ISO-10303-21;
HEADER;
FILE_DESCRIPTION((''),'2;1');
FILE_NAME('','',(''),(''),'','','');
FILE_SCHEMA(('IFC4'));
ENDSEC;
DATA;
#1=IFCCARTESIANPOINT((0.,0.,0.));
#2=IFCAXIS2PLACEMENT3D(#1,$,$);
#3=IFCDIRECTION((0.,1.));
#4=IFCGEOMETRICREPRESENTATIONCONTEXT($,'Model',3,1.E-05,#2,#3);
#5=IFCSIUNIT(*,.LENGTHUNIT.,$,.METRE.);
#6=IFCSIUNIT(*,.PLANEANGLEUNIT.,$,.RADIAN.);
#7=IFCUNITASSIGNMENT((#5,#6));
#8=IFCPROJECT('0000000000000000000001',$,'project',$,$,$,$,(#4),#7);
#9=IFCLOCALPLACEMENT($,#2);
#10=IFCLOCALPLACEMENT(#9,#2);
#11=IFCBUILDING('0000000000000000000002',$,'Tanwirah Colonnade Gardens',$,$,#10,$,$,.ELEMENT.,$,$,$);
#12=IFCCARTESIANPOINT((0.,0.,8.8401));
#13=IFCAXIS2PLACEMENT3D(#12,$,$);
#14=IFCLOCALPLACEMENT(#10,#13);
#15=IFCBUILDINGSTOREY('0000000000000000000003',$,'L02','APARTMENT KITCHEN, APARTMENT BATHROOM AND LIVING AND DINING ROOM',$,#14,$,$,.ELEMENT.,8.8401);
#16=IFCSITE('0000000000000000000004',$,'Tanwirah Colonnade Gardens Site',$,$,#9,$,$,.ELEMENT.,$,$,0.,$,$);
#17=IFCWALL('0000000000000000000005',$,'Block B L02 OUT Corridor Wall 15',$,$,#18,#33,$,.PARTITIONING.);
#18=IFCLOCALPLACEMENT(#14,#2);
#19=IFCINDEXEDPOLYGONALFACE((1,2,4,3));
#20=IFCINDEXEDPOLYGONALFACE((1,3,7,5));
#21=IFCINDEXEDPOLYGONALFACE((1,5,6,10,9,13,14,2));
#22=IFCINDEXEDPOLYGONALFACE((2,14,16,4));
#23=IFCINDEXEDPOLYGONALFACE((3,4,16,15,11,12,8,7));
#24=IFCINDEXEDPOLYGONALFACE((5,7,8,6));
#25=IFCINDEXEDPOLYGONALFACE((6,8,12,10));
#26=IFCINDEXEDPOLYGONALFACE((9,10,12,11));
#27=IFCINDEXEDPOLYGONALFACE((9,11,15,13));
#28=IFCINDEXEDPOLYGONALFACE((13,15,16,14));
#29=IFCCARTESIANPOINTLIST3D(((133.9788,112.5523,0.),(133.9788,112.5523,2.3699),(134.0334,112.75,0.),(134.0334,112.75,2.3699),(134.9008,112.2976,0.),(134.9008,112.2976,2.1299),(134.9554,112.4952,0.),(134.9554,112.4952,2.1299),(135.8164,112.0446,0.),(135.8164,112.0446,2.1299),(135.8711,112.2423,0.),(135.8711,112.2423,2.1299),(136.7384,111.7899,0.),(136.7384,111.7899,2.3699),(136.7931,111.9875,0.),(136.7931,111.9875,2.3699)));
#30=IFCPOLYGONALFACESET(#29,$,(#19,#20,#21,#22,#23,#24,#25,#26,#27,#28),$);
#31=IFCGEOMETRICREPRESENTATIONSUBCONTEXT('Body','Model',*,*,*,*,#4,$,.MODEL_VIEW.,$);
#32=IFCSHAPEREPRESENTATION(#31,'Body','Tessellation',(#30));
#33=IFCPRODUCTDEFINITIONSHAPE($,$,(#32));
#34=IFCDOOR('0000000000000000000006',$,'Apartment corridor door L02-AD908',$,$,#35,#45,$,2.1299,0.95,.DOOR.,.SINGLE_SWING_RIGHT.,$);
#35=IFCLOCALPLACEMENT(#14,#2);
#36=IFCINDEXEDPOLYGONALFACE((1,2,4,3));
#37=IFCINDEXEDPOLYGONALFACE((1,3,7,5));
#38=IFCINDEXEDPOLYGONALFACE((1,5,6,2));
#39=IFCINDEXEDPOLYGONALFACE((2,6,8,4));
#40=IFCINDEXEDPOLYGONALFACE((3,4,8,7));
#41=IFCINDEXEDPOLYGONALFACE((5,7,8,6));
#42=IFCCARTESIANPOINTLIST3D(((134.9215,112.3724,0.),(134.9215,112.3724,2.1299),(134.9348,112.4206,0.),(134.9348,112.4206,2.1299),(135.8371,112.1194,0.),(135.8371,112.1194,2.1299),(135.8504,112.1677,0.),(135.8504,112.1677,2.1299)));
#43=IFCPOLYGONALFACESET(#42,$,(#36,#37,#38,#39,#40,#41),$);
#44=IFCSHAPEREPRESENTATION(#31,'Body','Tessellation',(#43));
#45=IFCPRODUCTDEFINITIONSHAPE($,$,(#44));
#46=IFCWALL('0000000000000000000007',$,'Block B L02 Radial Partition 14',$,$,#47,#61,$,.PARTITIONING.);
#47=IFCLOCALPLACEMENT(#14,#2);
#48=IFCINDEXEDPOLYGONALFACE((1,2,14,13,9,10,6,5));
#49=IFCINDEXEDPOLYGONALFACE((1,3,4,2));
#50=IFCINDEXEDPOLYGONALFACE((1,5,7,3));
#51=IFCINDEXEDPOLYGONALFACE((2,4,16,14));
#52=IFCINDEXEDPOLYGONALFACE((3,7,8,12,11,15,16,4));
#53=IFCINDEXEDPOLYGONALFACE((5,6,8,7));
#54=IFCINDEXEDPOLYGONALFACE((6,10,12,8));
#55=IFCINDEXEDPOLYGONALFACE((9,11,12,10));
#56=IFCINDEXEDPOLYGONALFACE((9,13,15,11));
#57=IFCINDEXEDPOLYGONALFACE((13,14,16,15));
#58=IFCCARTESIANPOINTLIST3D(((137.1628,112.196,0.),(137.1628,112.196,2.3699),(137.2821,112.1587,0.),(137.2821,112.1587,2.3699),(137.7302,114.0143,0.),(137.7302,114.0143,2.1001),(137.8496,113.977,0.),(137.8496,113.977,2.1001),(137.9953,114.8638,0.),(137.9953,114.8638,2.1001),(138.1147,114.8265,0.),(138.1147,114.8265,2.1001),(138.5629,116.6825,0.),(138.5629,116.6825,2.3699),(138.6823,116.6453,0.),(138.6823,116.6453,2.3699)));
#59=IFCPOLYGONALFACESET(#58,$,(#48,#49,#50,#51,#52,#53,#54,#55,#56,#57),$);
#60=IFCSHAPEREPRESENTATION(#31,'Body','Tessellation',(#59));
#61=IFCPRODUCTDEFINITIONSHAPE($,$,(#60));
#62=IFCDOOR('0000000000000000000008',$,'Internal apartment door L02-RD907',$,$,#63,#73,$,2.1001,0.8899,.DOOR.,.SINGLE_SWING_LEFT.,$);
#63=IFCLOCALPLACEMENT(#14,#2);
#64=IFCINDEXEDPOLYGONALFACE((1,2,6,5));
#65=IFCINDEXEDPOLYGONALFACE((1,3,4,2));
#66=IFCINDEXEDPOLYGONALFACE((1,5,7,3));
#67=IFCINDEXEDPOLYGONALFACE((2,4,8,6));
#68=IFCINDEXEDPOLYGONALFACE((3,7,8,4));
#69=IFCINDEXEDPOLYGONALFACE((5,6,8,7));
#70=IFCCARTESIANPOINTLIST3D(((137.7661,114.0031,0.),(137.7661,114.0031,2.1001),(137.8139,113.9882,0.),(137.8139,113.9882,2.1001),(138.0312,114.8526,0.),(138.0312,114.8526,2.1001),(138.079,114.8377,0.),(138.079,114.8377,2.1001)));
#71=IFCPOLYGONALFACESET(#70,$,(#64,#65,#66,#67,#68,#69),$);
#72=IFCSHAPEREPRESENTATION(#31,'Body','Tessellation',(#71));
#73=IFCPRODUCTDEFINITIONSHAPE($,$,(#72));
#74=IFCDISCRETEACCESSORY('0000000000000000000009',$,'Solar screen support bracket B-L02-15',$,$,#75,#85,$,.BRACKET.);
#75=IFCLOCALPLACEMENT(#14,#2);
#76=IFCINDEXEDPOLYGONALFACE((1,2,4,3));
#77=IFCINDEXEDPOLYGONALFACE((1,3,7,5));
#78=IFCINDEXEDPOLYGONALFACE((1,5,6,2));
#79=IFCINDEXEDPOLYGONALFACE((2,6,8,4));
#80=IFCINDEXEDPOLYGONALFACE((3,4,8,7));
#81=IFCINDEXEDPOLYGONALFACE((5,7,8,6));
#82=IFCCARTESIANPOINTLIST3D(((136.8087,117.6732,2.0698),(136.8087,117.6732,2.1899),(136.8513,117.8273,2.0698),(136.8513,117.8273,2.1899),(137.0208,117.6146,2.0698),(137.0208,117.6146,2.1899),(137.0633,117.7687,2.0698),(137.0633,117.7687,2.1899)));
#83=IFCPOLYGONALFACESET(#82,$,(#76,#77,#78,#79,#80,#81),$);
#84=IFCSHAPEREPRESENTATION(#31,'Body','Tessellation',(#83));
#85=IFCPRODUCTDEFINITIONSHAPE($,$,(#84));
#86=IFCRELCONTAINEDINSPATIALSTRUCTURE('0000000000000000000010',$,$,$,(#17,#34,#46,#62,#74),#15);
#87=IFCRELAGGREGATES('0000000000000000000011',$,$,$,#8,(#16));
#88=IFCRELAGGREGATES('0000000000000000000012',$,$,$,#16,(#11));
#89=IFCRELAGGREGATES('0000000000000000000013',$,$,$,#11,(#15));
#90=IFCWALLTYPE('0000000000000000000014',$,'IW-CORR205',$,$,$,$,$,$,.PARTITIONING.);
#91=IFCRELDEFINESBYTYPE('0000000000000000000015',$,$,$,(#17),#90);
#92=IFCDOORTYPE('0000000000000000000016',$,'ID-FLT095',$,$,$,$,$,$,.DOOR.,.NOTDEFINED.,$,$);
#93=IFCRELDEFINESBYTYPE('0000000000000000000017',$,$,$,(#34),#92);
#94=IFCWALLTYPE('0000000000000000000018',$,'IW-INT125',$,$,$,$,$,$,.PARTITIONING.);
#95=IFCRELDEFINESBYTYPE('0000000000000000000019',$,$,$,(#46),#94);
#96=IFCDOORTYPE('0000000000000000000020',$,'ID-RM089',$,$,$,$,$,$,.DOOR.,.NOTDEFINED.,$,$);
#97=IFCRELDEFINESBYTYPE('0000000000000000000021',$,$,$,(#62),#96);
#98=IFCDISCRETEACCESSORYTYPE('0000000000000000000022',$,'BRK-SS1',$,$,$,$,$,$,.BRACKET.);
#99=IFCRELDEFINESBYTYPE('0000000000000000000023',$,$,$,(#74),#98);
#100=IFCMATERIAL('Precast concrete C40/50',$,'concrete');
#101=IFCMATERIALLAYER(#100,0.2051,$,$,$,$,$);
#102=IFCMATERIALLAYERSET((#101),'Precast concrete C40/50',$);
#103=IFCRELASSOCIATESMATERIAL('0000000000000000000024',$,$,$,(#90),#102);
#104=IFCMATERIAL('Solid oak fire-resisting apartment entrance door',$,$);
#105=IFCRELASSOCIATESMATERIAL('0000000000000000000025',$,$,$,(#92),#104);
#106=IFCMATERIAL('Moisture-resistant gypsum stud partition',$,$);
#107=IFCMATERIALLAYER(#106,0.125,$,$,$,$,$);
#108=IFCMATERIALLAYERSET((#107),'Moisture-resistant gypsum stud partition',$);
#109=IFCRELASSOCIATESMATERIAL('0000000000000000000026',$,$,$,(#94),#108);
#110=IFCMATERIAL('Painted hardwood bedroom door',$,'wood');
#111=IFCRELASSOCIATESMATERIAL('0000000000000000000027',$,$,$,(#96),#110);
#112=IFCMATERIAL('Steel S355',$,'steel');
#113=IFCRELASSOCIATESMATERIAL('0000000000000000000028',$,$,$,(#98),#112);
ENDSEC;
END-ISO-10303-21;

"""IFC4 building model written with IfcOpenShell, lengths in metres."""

from ifc_helpers import new_model, si_unit, direction, frame, frame_2d, origin, origin_2d, place, context, subcontext, project, spatial, rectangle, extrude, material, layer, layer_set, type_object, element, fill, save


model = new_model("IFC4")

# Units and contexts
model_context = context("Model", 3, precision=1e-05, world=origin(), true_north=direction((0.0, 1.0)))
body_context = subcontext(model_context, "Body", "Model", "MODEL_VIEW")
ifc_project = project(units=[si_unit("LENGTHUNIT", "METRE"), si_unit("PLANEANGLEUNIT", "RADIAN")], contexts=[model_context])

# Site, building, storey
site_placement = place(None, origin())
site = spatial("IfcSite", under=ifc_project, at=site_placement, Name="Tanwirah Colonnade Gardens Site", CompositionType="ELEMENT", RefElevation=0.0)
building_placement = place(site_placement, origin())
building = spatial("IfcBuilding", under=site, at=building_placement, Name="Tanwirah Colonnade Gardens", CompositionType="ELEMENT")
storey_placement = place(building_placement, frame((0.0, 0.0, 8.8401)))
storey = spatial("IfcBuildingStorey", under=building, at=storey_placement, Name="L02", Description="APARTMENT KITCHEN, APARTMENT BATHROOM AND LIVING AND DINING ROOM", CompositionType="ELEMENT", Elevation=8.8401)

# Shared definitions
ifc_material_1 = material(Name="Precast concrete C40/50", Category="concrete")

# Walls, openings, doors
ifc_layer_1 = layer(ifc_material_1, 0.2051)
ifc_layer_set_1 = layer_set([ifc_layer_1], Name="Precast concrete C40/50")
wall_type_1 = type_object("IfcWallType", Name="IW-CORR205", PredefinedType="PARTITIONING", material=ifc_layer_set_1)
ifc_material_2 = material(Name="Solid oak fire-resisting apartment entrance door")
wall_1_placement = place(storey_placement, frame((136.7659, 111.8887, 0.0), z_axis=(0.0, 0.0, 1.0), x_axis=(-0.963891, 0.266298, 0.0)))
wall_1 = element("IfcWall", 1, at=wall_1_placement, inside=storey, type_object=wall_type_1, Name="Block B L02 OUT Corridor Wall 15", PredefinedType="PARTITIONING", context=body_context, shape_type="SweptSolid", body=[
    extrude(rectangle(XDim=2.863, YDim=0.2051, at=frame_2d((1.4316, 0.0))), origin(), (0.0, 0.0, 1.0), 2.3699),
])
opening_1_placement = place(wall_1_placement, frame((0.9565, 0.0, 0.0)))
opening_1 = element("IfcOpeningElement", 2, at=opening_1_placement, cuts=wall_1, PredefinedType="OPENING", context=body_context, shape_type="SweptSolid", body=[
    extrude(rectangle(XDim=0.95, YDim=2.1299, at=frame_2d((0.4751, 1.0649))), frame((0.0, 0.1125, 0.0), z_axis=(0.0, -1.0, 0.0), x_axis=(1.0, 0.0, 0.0)), (0.0, 0.0, 1.0), 0.2251),
])
door_type_1 = type_object("IfcDoorType", Name="ID-FLT095", OperationType="NOTDEFINED", PredefinedType="DOOR", material=ifc_material_2)
door_1_placement = place(opening_1_placement, origin())
door_1 = element("IfcDoor", 3, at=door_1_placement, inside=storey, type_object=door_type_1, Name="Apartment corridor door L02-AD908", OperationType="SINGLE_SWING_RIGHT", OverallHeight=2.1299, OverallWidth=0.95, PredefinedType="DOOR", context=body_context, shape_type="SweptSolid", body=[
    extrude(rectangle(XDim=0.95, YDim=2.1299, at=frame_2d((0.4751, 1.0649))), frame((0.0, 0.0249, 0.0), z_axis=(0.0, -1.0, 0.0), x_axis=(1.0, 0.0, 0.0)), (0.0, 0.0, 1.0), 0.05),
])
fill(opening_1, door_1)
ifc_material_3 = material(Name="Moisture-resistant gypsum stud partition")
ifc_layer_2 = layer(ifc_material_3, 0.125)
ifc_layer_set_2 = layer_set([ifc_layer_2], Name="Moisture-resistant gypsum stud partition")
wall_type_2 = type_object("IfcWallType", Name="IW-INT125", PredefinedType="PARTITIONING", material=ifc_layer_set_2)
wall_2_placement = place(storey_placement, frame((137.2224, 112.1772, 0.0), z_axis=(0.0, 0.0, 1.0), x_axis=(0.297905, 0.954595, 0.0)))
wall_2 = element("IfcWall", 4, at=wall_2_placement, inside=storey, type_object=wall_type_2, Name="Block B L02 Radial Partition 14", PredefinedType="PARTITIONING", context=body_context, shape_type="SweptSolid", body=[
    extrude(rectangle(XDim=4.7, YDim=0.125, at=frame_2d((2.3501, 0.0))), origin(), (0.0, 0.0, 1.0), 2.3699),
])
opening_2_placement = place(wall_2_placement, frame((1.905, 0.0, 0.0)))
opening_2 = element("IfcOpeningElement", 5, at=opening_2_placement, cuts=wall_2, PredefinedType="OPENING", context=body_context, shape_type="SweptSolid", body=[
    extrude(rectangle(XDim=0.8899, YDim=2.1001, at=frame_2d((0.4448, 1.05))), frame((0.0, 0.0725, 0.0), z_axis=(0.0, -1.0, 0.0), x_axis=(1.0, 0.0, 0.0)), (0.0, 0.0, 1.0), 0.145),
])
ifc_material_4 = material(Name="Painted hardwood bedroom door", Category="wood")
door_type_2 = type_object("IfcDoorType", Name="ID-RM089", OperationType="NOTDEFINED", PredefinedType="DOOR", material=ifc_material_4)
door_2_placement = place(opening_2_placement, origin())
door_2 = element("IfcDoor", 6, at=door_2_placement, inside=storey, type_object=door_type_2, Name="Internal apartment door L02-RD907", OperationType="SINGLE_SWING_LEFT", OverallHeight=2.1001, OverallWidth=0.8899, PredefinedType="DOOR", context=body_context, shape_type="SweptSolid", body=[
    extrude(rectangle(XDim=0.8899, YDim=2.1001, at=frame_2d((0.4448, 1.05))), frame((0.0, 0.0249, 0.0), z_axis=(0.0, -1.0, 0.0), x_axis=(1.0, 0.0, 0.0)), (0.0, 0.0, 1.0), 0.05),
])
fill(opening_2, door_2)

# Discrete accessory
ifc_material_5 = material(Name="Steel S355", Category="steel")
discrete_accessory_type = type_object("IfcDiscreteAccessoryType", Name="BRK-SS1", PredefinedType="BRACKET", material=ifc_material_5)
discrete_accessory_placement = place(storey_placement, frame((136.936, 117.7209, 2.0698), z_axis=(0.0, 0.0, 1.0), x_axis=(-0.963889, 0.266305, 0.0)))
element("IfcDiscreteAccessory", 7, at=discrete_accessory_placement, inside=storey, type_object=discrete_accessory_type, Name="Solar screen support bracket B-L02-15", PredefinedType="BRACKET", context=body_context, shape_type="SweptSolid", body=[
    extrude(rectangle(XDim=0.22, YDim=0.1599, at=origin_2d()), origin(), (0.0, 0.0, 1.0), 0.1201),
])

save(model, "model.ifc")
